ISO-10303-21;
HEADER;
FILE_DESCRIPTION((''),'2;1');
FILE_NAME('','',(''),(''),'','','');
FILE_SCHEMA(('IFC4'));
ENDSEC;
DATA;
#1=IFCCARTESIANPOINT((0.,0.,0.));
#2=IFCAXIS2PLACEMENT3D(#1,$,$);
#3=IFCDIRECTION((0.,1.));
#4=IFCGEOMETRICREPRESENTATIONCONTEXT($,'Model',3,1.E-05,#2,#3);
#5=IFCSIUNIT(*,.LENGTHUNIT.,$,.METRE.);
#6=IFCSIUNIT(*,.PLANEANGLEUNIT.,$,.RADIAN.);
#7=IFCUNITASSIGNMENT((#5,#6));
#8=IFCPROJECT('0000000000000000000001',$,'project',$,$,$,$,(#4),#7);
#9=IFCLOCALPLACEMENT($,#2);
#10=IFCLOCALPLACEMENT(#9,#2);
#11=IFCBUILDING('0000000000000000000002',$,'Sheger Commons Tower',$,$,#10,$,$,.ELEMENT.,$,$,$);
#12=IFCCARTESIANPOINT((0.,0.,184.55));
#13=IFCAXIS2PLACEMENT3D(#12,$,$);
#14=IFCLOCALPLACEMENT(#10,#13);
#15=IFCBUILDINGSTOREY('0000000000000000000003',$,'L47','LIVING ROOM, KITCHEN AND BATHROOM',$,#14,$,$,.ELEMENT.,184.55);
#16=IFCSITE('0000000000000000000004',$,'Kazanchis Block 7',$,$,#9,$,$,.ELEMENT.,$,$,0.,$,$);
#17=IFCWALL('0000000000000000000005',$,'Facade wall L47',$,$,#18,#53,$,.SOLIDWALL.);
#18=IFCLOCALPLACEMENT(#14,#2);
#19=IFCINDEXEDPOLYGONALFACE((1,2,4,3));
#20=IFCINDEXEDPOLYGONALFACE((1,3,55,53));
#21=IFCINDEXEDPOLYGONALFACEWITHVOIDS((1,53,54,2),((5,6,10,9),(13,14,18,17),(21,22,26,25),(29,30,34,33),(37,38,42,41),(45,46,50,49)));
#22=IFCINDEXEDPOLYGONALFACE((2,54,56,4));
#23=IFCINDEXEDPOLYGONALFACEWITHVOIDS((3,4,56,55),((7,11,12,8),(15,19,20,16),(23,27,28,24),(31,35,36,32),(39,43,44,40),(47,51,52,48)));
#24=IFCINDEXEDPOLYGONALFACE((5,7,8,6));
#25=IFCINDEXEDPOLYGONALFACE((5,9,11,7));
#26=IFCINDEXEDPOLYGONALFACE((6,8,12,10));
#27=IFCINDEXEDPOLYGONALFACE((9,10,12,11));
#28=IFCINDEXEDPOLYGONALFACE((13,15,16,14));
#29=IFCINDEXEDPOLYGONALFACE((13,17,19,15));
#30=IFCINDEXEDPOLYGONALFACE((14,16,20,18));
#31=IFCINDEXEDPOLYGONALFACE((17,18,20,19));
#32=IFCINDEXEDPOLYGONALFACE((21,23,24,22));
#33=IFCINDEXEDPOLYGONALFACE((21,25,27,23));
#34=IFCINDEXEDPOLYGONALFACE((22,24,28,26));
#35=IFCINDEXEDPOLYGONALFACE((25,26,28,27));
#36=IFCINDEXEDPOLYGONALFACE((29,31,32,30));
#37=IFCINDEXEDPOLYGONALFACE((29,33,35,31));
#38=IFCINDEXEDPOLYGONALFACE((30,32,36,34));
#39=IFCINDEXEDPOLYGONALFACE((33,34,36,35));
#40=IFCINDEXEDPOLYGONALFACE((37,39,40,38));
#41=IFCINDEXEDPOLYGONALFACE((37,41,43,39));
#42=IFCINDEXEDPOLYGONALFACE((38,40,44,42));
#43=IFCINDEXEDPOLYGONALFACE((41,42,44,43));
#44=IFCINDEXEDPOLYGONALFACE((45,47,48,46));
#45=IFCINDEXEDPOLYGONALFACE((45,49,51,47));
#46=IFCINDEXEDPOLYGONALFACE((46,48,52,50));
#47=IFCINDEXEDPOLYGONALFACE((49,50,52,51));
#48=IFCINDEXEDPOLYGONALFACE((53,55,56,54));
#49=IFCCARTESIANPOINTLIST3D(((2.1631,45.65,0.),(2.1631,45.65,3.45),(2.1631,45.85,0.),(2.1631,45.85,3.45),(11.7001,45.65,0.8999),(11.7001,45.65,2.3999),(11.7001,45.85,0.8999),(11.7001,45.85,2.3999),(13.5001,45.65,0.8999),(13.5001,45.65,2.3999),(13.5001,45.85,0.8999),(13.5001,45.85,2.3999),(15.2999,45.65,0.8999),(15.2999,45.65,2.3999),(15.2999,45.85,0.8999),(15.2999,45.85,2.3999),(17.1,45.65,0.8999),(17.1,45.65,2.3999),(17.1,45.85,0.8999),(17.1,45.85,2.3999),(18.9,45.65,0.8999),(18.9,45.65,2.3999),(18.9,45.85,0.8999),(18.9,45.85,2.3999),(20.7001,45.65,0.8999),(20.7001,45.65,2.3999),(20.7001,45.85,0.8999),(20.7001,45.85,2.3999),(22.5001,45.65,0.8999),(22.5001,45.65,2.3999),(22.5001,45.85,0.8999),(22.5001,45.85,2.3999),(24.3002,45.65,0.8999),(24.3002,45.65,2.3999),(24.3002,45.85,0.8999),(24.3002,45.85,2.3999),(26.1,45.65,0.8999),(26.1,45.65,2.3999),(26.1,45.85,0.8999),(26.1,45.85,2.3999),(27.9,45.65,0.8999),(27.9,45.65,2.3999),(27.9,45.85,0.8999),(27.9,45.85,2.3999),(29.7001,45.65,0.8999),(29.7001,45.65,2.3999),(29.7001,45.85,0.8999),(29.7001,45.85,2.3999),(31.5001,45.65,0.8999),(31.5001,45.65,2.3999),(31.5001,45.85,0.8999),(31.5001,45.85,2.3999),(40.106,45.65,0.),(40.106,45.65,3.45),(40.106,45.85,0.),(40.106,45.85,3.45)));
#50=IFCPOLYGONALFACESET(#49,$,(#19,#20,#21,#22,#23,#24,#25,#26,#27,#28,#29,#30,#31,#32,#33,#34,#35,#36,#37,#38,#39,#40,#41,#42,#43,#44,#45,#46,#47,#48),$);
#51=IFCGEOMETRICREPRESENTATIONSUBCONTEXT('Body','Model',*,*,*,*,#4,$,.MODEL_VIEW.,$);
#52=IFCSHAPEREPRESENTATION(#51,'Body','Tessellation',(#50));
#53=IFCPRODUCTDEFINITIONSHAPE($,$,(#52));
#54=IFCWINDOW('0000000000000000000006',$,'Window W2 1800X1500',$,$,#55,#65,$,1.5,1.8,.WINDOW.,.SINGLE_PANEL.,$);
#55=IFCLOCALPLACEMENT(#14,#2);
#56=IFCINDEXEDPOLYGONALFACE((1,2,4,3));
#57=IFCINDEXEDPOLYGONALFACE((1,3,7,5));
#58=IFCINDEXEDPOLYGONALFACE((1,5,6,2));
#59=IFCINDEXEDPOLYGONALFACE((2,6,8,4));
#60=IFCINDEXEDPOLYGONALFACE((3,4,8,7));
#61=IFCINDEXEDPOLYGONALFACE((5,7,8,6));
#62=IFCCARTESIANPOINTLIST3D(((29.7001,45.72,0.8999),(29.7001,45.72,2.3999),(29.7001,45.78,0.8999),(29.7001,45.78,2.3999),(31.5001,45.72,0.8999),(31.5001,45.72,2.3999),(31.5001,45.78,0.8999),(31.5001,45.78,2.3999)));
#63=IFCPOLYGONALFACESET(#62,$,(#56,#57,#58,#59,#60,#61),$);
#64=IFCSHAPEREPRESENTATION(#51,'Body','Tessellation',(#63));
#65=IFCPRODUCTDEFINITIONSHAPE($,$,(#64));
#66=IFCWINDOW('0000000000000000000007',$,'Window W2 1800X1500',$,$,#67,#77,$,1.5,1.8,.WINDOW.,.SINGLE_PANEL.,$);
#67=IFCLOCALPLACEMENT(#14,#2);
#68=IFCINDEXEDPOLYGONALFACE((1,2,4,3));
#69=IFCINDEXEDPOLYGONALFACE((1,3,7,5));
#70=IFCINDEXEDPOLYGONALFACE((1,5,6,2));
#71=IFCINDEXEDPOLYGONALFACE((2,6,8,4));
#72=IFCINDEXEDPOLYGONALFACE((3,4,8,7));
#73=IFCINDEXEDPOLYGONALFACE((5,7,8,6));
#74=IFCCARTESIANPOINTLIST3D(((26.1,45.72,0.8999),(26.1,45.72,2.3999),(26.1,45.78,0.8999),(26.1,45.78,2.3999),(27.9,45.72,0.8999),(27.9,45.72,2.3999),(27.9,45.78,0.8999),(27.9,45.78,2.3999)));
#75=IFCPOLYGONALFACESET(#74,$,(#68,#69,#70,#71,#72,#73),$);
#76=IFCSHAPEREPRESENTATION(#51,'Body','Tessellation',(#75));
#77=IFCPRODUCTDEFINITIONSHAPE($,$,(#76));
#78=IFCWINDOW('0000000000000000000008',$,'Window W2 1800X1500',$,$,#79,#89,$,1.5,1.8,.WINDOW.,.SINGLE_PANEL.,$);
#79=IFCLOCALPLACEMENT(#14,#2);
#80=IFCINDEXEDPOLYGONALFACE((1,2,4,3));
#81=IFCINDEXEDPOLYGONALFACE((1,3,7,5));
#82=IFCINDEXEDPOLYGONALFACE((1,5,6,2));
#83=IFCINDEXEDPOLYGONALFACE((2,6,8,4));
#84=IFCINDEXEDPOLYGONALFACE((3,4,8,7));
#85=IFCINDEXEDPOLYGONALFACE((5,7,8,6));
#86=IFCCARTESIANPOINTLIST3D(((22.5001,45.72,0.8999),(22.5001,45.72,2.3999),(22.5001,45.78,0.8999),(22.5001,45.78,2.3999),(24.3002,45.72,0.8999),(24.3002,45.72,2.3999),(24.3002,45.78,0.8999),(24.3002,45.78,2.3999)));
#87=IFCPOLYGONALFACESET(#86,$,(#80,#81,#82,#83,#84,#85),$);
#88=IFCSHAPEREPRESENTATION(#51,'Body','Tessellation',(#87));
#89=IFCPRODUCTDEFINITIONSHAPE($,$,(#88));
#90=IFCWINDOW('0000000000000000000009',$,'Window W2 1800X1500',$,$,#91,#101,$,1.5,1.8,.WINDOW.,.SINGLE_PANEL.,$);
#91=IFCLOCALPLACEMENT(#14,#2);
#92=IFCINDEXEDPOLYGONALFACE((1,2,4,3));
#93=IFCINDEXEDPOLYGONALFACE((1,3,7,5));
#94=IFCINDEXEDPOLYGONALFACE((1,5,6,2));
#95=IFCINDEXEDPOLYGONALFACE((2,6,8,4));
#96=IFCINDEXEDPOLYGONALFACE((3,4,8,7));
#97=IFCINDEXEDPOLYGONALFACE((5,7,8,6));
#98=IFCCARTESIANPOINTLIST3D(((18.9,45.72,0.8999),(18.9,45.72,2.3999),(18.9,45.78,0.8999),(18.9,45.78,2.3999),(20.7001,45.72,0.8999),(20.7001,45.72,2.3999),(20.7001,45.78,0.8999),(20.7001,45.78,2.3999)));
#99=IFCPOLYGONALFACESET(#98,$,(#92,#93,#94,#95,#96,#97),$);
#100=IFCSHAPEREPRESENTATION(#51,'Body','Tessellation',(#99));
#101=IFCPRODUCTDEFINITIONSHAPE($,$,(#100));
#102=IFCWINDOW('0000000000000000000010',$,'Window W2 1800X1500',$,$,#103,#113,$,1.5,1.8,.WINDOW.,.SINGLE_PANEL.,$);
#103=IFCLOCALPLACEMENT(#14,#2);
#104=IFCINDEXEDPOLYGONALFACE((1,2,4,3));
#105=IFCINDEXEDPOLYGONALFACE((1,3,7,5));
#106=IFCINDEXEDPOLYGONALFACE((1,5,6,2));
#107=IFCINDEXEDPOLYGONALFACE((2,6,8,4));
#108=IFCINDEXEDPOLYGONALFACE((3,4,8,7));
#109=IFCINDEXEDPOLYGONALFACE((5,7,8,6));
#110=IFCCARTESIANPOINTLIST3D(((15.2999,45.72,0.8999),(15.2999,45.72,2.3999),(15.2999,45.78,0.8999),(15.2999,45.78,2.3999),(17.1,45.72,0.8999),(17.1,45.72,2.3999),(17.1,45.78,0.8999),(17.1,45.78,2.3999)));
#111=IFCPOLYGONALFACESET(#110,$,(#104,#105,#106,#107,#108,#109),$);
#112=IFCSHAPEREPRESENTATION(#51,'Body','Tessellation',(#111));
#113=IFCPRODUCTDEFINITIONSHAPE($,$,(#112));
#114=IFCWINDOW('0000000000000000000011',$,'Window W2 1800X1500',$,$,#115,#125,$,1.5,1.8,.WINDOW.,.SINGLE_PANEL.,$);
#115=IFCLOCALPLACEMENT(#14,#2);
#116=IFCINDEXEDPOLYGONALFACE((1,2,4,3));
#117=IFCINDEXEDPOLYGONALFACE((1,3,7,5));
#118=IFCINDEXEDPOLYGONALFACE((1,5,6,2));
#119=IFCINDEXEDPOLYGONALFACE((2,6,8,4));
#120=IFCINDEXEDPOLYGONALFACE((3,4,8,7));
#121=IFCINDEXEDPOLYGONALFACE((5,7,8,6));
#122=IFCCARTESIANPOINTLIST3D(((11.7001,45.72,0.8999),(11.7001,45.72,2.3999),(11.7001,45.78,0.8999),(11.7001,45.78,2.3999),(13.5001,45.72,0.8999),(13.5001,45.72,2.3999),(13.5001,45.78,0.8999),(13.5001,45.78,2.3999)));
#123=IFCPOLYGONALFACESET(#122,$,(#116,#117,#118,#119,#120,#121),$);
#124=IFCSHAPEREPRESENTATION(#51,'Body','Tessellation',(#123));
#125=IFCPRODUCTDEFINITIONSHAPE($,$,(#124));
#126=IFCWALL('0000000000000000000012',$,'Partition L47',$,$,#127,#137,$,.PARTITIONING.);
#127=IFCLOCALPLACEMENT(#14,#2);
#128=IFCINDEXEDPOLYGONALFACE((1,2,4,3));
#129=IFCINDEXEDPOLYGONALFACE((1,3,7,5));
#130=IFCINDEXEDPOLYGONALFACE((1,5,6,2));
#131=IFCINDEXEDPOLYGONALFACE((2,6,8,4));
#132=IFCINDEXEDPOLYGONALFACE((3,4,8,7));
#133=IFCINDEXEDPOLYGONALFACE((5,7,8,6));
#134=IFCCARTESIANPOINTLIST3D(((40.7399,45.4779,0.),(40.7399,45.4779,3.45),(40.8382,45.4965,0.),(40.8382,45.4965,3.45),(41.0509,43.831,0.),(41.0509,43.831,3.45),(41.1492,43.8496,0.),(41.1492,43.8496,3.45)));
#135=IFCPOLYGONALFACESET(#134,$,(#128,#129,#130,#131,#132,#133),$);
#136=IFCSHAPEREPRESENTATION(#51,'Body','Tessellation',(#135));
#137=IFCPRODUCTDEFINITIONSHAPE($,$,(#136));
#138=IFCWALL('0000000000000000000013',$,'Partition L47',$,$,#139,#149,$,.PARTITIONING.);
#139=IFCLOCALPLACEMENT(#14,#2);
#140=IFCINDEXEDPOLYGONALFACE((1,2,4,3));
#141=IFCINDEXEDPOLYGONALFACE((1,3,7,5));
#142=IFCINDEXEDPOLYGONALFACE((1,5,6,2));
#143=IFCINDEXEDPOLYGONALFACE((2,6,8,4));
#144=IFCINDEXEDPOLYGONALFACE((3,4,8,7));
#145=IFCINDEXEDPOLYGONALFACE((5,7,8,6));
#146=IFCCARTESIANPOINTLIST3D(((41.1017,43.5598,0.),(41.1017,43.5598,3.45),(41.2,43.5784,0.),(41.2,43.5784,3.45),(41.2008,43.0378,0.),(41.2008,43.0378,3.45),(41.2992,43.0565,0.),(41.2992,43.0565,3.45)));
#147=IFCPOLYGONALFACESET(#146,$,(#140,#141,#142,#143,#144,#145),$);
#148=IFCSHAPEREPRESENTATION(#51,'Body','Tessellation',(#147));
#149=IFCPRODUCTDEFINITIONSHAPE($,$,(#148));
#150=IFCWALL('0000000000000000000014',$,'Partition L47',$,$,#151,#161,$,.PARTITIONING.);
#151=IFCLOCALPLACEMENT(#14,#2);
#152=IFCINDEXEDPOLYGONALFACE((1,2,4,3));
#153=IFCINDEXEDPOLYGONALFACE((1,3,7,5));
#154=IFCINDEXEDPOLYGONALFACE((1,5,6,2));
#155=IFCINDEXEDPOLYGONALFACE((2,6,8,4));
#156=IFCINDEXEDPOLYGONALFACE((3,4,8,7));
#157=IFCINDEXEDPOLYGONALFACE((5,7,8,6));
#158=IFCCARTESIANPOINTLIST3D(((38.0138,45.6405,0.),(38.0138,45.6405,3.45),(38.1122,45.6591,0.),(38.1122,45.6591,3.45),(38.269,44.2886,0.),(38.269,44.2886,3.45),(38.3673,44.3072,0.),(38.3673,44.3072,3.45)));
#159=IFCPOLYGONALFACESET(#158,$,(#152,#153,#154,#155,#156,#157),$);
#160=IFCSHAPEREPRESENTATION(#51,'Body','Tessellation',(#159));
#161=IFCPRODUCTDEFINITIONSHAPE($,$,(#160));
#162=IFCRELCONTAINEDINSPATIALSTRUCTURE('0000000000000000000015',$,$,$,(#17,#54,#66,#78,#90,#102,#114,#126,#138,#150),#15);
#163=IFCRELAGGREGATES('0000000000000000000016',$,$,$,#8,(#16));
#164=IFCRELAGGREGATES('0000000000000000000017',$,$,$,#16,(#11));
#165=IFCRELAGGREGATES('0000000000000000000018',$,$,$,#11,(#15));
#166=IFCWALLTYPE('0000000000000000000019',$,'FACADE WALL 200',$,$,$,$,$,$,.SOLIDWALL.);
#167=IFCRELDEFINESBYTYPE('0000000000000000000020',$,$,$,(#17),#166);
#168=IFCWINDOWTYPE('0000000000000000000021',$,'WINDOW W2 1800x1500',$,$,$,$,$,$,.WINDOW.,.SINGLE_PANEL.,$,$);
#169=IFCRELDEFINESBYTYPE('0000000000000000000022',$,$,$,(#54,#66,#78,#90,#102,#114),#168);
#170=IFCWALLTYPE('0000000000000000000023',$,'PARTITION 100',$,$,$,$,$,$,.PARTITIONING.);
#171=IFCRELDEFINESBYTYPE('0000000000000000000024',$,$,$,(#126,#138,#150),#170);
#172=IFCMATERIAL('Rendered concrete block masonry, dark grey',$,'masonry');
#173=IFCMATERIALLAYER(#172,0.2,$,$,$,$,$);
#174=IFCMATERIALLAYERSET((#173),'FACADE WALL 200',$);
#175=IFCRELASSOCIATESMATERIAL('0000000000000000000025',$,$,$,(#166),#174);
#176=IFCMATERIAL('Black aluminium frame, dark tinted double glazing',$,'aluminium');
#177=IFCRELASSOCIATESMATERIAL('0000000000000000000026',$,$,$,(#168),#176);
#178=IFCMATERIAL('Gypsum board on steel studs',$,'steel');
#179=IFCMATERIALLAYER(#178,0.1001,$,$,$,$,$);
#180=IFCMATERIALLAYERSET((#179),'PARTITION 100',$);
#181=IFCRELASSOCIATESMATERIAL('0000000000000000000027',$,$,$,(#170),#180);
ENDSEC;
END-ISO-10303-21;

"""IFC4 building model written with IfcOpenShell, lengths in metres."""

from ifc_helpers import new_model, si_unit, direction, frame, frame_2d, origin, place, context, subcontext, project, spatial, rectangle, extrude, material, layer, layer_set, type_object, element, fill, save


model = new_model("IFC4")

# Units and contexts
model_context = context("Model", 3, precision=1e-05, world=origin(), true_north=direction((0.0, 1.0)))
body_context = subcontext(model_context, "Body", "Model", "MODEL_VIEW")
ifc_project = project(units=[si_unit("LENGTHUNIT", "METRE"), si_unit("PLANEANGLEUNIT", "RADIAN")], contexts=[model_context])

# Site, building, storey
site_placement = place(None, origin())
site = spatial("IfcSite", under=ifc_project, at=site_placement, Name="Kazanchis Block 7", CompositionType="ELEMENT", RefElevation=0.0)
building_placement = place(site_placement, origin())
building = spatial("IfcBuilding", under=site, at=building_placement, Name="Sheger Commons Tower", CompositionType="ELEMENT")
storey_placement = place(building_placement, frame((0.0, 0.0, 184.55)))
storey = spatial("IfcBuildingStorey", under=building, at=storey_placement, Name="L47", Description="LIVING ROOM, KITCHEN AND BATHROOM", CompositionType="ELEMENT", Elevation=184.55)

# Shared definitions
ifc_material_1 = material(Name="Rendered concrete block masonry, dark grey", Category="masonry")
ifc_layer_1 = layer(ifc_material_1, 0.2)
ifc_layer_set_1 = layer_set([ifc_layer_1], Name="FACADE WALL 200")
wall_type_1 = type_object("IfcWallType", Name="FACADE WALL 200", PredefinedType="SOLIDWALL", material=ifc_layer_set_1)

# Wall, openings, windows
wall_1_placement = place(storey_placement, frame((40.106, 45.75, 0.0), z_axis=(0.0, 0.0, 1.0), x_axis=(-1.0, 0.0, 0.0)))
wall_1 = element("IfcWall", 1, at=wall_1_placement, inside=storey, type_object=wall_type_1, Name="Facade wall L47", PredefinedType="SOLIDWALL", context=body_context, shape_type="SweptSolid", body=[
    extrude(rectangle(XDim=37.9429, YDim=0.2, at=frame_2d((18.9714, 0.0))), origin(), (0.0, 0.0, 1.0), 3.45),
])
opening_1_placement = place(wall_1_placement, frame((8.606, 0.0, 0.8999)))
opening_1 = element("IfcOpeningElement", 2, at=opening_1_placement, cuts=wall_1, PredefinedType="OPENING", context=body_context, shape_type="SweptSolid", body=[
    extrude(rectangle(XDim=1.8, YDim=1.5, at=frame_2d((0.8999, 0.75))), frame((0.0, 0.1099, 0.0), z_axis=(0.0, -1.0, 0.0), x_axis=(1.0, 0.0, 0.0)), (0.0, 0.0, 1.0), 0.22),
])
opening_2_placement = place(wall_1_placement, frame((12.2061, 0.0, 0.8999)))
opening_2 = element("IfcOpeningElement", 3, at=opening_2_placement, cuts=wall_1, PredefinedType="OPENING", context=body_context, shape_type="SweptSolid", body=[
    extrude(rectangle(XDim=1.8, YDim=1.5, at=frame_2d((0.8999, 0.75))), frame((0.0, 0.1099, 0.0), z_axis=(0.0, -1.0, 0.0), x_axis=(1.0, 0.0, 0.0)), (0.0, 0.0, 1.0), 0.22),
])
opening_3_placement = place(wall_1_placement, frame((15.8059, 0.0, 0.8999)))
opening_3 = element("IfcOpeningElement", 4, at=opening_3_placement, cuts=wall_1, PredefinedType="OPENING", context=body_context, shape_type="SweptSolid", body=[
    extrude(rectangle(XDim=1.8, YDim=1.5, at=frame_2d((0.8999, 0.75))), frame((0.0, 0.1099, 0.0), z_axis=(0.0, -1.0, 0.0), x_axis=(1.0, 0.0, 0.0)), (0.0, 0.0, 1.0), 0.22),
])
opening_4_placement = place(wall_1_placement, frame((19.406, 0.0, 0.8999)))
opening_4 = element("IfcOpeningElement", 5, at=opening_4_placement, cuts=wall_1, PredefinedType="OPENING", context=body_context, shape_type="SweptSolid", body=[
    extrude(rectangle(XDim=1.8, YDim=1.5, at=frame_2d((0.8999, 0.75))), frame((0.0, 0.1099, 0.0), z_axis=(0.0, -1.0, 0.0), x_axis=(1.0, 0.0, 0.0)), (0.0, 0.0, 1.0), 0.22),
])
opening_5_placement = place(wall_1_placement, frame((23.0061, 0.0, 0.8999)))
opening_5 = element("IfcOpeningElement", 6, at=opening_5_placement, cuts=wall_1, PredefinedType="OPENING", context=body_context, shape_type="SweptSolid", body=[
    extrude(rectangle(XDim=1.8, YDim=1.5, at=frame_2d((0.8999, 0.75))), frame((0.0, 0.1099, 0.0), z_axis=(0.0, -1.0, 0.0), x_axis=(1.0, 0.0, 0.0)), (0.0, 0.0, 1.0), 0.22),
])
opening_6_placement = place(wall_1_placement, frame((26.606, 0.0, 0.8999)))
opening_6 = element("IfcOpeningElement", 7, at=opening_6_placement, cuts=wall_1, PredefinedType="OPENING", context=body_context, shape_type="SweptSolid", body=[
    extrude(rectangle(XDim=1.8, YDim=1.5, at=frame_2d((0.8999, 0.75))), frame((0.0, 0.1099, 0.0), z_axis=(0.0, -1.0, 0.0), x_axis=(1.0, 0.0, 0.0)), (0.0, 0.0, 1.0), 0.22),
])
ifc_material_2 = material(Name="Black aluminium frame, dark tinted double glazing", Category="aluminium")
window_type = type_object("IfcWindowType", Name="WINDOW W2 1800x1500", PartitioningType="SINGLE_PANEL", PredefinedType="WINDOW", material=ifc_material_2)
window_1_placement = place(opening_1_placement, origin())
window_1 = element("IfcWindow", 8, at=window_1_placement, inside=storey, type_object=window_type, Name="Window W2 1800X1500", OverallHeight=1.5, OverallWidth=1.8, PartitioningType="SINGLE_PANEL", PredefinedType="WINDOW", context=body_context, shape_type="SweptSolid", body=[
    extrude(rectangle(XDim=1.8, YDim=1.5, at=frame_2d((0.8999, 0.75))), frame((0.0, 0.03, 0.0), z_axis=(0.0, -1.0, 0.0), x_axis=(1.0, 0.0, 0.0)), (0.0, 0.0, 1.0), 0.0601),
])
fill(opening_1, window_1)
window_2_placement = place(opening_2_placement, origin())
window_2 = element("IfcWindow", 9, at=window_2_placement, inside=storey, type_object=window_type, Name="Window W2 1800X1500", OverallHeight=1.5, OverallWidth=1.8, PartitioningType="SINGLE_PANEL", PredefinedType="WINDOW", context=body_context, shape_type="SweptSolid", body=[
    extrude(rectangle(XDim=1.8, YDim=1.5, at=frame_2d((0.8999, 0.75))), frame((0.0, 0.03, 0.0), z_axis=(0.0, -1.0, 0.0), x_axis=(1.0, 0.0, 0.0)), (0.0, 0.0, 1.0), 0.0601),
])
fill(opening_2, window_2)
window_3_placement = place(opening_3_placement, origin())
window_3 = element("IfcWindow", 10, at=window_3_placement, inside=storey, type_object=window_type, Name="Window W2 1800X1500", OverallHeight=1.5, OverallWidth=1.8, PartitioningType="SINGLE_PANEL", PredefinedType="WINDOW", context=body_context, shape_type="SweptSolid", body=[
    extrude(rectangle(XDim=1.8, YDim=1.5, at=frame_2d((0.8999, 0.75))), frame((0.0, 0.03, 0.0), z_axis=(0.0, -1.0, 0.0), x_axis=(1.0, 0.0, 0.0)), (0.0, 0.0, 1.0), 0.0601),
])
fill(opening_3, window_3)
window_4_placement = place(opening_4_placement, origin())
window_4 = element("IfcWindow", 11, at=window_4_placement, inside=storey, type_object=window_type, Name="Window W2 1800X1500", OverallHeight=1.5, OverallWidth=1.8, PartitioningType="SINGLE_PANEL", PredefinedType="WINDOW", context=body_context, shape_type="SweptSolid", body=[
    extrude(rectangle(XDim=1.8, YDim=1.5, at=frame_2d((0.8999, 0.75))), frame((0.0, 0.03, 0.0), z_axis=(0.0, -1.0, 0.0), x_axis=(1.0, 0.0, 0.0)), (0.0, 0.0, 1.0), 0.0601),
])
fill(opening_4, window_4)
window_5_placement = place(opening_5_placement, origin())
window_5 = element("IfcWindow", 12, at=window_5_placement, inside=storey, type_object=window_type, Name="Window W2 1800X1500", OverallHeight=1.5, OverallWidth=1.8, PartitioningType="SINGLE_PANEL", PredefinedType="WINDOW", context=body_context, shape_type="SweptSolid", body=[
    extrude(rectangle(XDim=1.8, YDim=1.5, at=frame_2d((0.8999, 0.75))), frame((0.0, 0.03, 0.0), z_axis=(0.0, -1.0, 0.0), x_axis=(1.0, 0.0, 0.0)), (0.0, 0.0, 1.0), 0.0601),
])
fill(opening_5, window_5)
window_6_placement = place(opening_6_placement, origin())
window_6 = element("IfcWindow", 13, at=window_6_placement, inside=storey, type_object=window_type, Name="Window W2 1800X1500", OverallHeight=1.5, OverallWidth=1.8, PartitioningType="SINGLE_PANEL", PredefinedType="WINDOW", context=body_context, shape_type="SweptSolid", body=[
    extrude(rectangle(XDim=1.8, YDim=1.5, at=frame_2d((0.8999, 0.75))), frame((0.0, 0.03, 0.0), z_axis=(0.0, -1.0, 0.0), x_axis=(1.0, 0.0, 0.0)), (0.0, 0.0, 1.0), 0.0601),
])
fill(opening_6, window_6)

# Walls
ifc_material_3 = material(Name="Gypsum board on steel studs", Category="steel")
ifc_layer_2 = layer(ifc_material_3, 0.1001)
ifc_layer_set_2 = layer_set([ifc_layer_2], Name="PARTITION 100")
wall_type_2 = type_object("IfcWallType", Name="PARTITION 100", PredefinedType="PARTITIONING", material=ifc_layer_set_2)
wall_2_placement = place(storey_placement, frame((40.7891, 45.4871, 0.0), z_axis=(0.0, 0.0, 1.0), x_axis=(0.185572, -0.982631, 0.0)))
element("IfcWall", 14, at=wall_2_placement, inside=storey, type_object=wall_type_2, Name="Partition L47", PredefinedType="PARTITIONING", context=body_context, shape_type="SweptSolid", body=[
    extrude(rectangle(XDim=1.676, YDim=0.1001, at=frame_2d((0.8379, 0.0))), origin(), (0.0, 0.0, 1.0), 3.45),
])
wall_3_placement = place(storey_placement, frame((41.1509, 43.5691, 0.0), z_axis=(0.0, 0.0, 1.0), x_axis=(0.186563, -0.982443, 0.0)))
element("IfcWall", 15, at=wall_3_placement, inside=storey, type_object=wall_type_2, Name="Partition L47", PredefinedType="PARTITIONING", context=body_context, shape_type="SweptSolid", body=[
    extrude(rectangle(XDim=0.5312, YDim=0.1001, at=frame_2d((0.2656, 0.0))), origin(), (0.0, 0.0, 1.0), 3.45),
])
wall_4_placement = place(storey_placement, frame((38.063, 45.6499, 0.0), z_axis=(0.0, 0.0, 1.0), x_axis=(0.185456, -0.982653, 0.0)))
element("IfcWall", 16, at=wall_4_placement, inside=storey, type_object=wall_type_2, Name="Partition L47", PredefinedType="PARTITIONING", context=body_context, shape_type="SweptSolid", body=[
    extrude(rectangle(XDim=1.3757, YDim=0.1001, at=frame_2d((0.688, 0.0))), origin(), (0.0, 0.0, 1.0), 3.45),
])

save(model, "model.ifc")
